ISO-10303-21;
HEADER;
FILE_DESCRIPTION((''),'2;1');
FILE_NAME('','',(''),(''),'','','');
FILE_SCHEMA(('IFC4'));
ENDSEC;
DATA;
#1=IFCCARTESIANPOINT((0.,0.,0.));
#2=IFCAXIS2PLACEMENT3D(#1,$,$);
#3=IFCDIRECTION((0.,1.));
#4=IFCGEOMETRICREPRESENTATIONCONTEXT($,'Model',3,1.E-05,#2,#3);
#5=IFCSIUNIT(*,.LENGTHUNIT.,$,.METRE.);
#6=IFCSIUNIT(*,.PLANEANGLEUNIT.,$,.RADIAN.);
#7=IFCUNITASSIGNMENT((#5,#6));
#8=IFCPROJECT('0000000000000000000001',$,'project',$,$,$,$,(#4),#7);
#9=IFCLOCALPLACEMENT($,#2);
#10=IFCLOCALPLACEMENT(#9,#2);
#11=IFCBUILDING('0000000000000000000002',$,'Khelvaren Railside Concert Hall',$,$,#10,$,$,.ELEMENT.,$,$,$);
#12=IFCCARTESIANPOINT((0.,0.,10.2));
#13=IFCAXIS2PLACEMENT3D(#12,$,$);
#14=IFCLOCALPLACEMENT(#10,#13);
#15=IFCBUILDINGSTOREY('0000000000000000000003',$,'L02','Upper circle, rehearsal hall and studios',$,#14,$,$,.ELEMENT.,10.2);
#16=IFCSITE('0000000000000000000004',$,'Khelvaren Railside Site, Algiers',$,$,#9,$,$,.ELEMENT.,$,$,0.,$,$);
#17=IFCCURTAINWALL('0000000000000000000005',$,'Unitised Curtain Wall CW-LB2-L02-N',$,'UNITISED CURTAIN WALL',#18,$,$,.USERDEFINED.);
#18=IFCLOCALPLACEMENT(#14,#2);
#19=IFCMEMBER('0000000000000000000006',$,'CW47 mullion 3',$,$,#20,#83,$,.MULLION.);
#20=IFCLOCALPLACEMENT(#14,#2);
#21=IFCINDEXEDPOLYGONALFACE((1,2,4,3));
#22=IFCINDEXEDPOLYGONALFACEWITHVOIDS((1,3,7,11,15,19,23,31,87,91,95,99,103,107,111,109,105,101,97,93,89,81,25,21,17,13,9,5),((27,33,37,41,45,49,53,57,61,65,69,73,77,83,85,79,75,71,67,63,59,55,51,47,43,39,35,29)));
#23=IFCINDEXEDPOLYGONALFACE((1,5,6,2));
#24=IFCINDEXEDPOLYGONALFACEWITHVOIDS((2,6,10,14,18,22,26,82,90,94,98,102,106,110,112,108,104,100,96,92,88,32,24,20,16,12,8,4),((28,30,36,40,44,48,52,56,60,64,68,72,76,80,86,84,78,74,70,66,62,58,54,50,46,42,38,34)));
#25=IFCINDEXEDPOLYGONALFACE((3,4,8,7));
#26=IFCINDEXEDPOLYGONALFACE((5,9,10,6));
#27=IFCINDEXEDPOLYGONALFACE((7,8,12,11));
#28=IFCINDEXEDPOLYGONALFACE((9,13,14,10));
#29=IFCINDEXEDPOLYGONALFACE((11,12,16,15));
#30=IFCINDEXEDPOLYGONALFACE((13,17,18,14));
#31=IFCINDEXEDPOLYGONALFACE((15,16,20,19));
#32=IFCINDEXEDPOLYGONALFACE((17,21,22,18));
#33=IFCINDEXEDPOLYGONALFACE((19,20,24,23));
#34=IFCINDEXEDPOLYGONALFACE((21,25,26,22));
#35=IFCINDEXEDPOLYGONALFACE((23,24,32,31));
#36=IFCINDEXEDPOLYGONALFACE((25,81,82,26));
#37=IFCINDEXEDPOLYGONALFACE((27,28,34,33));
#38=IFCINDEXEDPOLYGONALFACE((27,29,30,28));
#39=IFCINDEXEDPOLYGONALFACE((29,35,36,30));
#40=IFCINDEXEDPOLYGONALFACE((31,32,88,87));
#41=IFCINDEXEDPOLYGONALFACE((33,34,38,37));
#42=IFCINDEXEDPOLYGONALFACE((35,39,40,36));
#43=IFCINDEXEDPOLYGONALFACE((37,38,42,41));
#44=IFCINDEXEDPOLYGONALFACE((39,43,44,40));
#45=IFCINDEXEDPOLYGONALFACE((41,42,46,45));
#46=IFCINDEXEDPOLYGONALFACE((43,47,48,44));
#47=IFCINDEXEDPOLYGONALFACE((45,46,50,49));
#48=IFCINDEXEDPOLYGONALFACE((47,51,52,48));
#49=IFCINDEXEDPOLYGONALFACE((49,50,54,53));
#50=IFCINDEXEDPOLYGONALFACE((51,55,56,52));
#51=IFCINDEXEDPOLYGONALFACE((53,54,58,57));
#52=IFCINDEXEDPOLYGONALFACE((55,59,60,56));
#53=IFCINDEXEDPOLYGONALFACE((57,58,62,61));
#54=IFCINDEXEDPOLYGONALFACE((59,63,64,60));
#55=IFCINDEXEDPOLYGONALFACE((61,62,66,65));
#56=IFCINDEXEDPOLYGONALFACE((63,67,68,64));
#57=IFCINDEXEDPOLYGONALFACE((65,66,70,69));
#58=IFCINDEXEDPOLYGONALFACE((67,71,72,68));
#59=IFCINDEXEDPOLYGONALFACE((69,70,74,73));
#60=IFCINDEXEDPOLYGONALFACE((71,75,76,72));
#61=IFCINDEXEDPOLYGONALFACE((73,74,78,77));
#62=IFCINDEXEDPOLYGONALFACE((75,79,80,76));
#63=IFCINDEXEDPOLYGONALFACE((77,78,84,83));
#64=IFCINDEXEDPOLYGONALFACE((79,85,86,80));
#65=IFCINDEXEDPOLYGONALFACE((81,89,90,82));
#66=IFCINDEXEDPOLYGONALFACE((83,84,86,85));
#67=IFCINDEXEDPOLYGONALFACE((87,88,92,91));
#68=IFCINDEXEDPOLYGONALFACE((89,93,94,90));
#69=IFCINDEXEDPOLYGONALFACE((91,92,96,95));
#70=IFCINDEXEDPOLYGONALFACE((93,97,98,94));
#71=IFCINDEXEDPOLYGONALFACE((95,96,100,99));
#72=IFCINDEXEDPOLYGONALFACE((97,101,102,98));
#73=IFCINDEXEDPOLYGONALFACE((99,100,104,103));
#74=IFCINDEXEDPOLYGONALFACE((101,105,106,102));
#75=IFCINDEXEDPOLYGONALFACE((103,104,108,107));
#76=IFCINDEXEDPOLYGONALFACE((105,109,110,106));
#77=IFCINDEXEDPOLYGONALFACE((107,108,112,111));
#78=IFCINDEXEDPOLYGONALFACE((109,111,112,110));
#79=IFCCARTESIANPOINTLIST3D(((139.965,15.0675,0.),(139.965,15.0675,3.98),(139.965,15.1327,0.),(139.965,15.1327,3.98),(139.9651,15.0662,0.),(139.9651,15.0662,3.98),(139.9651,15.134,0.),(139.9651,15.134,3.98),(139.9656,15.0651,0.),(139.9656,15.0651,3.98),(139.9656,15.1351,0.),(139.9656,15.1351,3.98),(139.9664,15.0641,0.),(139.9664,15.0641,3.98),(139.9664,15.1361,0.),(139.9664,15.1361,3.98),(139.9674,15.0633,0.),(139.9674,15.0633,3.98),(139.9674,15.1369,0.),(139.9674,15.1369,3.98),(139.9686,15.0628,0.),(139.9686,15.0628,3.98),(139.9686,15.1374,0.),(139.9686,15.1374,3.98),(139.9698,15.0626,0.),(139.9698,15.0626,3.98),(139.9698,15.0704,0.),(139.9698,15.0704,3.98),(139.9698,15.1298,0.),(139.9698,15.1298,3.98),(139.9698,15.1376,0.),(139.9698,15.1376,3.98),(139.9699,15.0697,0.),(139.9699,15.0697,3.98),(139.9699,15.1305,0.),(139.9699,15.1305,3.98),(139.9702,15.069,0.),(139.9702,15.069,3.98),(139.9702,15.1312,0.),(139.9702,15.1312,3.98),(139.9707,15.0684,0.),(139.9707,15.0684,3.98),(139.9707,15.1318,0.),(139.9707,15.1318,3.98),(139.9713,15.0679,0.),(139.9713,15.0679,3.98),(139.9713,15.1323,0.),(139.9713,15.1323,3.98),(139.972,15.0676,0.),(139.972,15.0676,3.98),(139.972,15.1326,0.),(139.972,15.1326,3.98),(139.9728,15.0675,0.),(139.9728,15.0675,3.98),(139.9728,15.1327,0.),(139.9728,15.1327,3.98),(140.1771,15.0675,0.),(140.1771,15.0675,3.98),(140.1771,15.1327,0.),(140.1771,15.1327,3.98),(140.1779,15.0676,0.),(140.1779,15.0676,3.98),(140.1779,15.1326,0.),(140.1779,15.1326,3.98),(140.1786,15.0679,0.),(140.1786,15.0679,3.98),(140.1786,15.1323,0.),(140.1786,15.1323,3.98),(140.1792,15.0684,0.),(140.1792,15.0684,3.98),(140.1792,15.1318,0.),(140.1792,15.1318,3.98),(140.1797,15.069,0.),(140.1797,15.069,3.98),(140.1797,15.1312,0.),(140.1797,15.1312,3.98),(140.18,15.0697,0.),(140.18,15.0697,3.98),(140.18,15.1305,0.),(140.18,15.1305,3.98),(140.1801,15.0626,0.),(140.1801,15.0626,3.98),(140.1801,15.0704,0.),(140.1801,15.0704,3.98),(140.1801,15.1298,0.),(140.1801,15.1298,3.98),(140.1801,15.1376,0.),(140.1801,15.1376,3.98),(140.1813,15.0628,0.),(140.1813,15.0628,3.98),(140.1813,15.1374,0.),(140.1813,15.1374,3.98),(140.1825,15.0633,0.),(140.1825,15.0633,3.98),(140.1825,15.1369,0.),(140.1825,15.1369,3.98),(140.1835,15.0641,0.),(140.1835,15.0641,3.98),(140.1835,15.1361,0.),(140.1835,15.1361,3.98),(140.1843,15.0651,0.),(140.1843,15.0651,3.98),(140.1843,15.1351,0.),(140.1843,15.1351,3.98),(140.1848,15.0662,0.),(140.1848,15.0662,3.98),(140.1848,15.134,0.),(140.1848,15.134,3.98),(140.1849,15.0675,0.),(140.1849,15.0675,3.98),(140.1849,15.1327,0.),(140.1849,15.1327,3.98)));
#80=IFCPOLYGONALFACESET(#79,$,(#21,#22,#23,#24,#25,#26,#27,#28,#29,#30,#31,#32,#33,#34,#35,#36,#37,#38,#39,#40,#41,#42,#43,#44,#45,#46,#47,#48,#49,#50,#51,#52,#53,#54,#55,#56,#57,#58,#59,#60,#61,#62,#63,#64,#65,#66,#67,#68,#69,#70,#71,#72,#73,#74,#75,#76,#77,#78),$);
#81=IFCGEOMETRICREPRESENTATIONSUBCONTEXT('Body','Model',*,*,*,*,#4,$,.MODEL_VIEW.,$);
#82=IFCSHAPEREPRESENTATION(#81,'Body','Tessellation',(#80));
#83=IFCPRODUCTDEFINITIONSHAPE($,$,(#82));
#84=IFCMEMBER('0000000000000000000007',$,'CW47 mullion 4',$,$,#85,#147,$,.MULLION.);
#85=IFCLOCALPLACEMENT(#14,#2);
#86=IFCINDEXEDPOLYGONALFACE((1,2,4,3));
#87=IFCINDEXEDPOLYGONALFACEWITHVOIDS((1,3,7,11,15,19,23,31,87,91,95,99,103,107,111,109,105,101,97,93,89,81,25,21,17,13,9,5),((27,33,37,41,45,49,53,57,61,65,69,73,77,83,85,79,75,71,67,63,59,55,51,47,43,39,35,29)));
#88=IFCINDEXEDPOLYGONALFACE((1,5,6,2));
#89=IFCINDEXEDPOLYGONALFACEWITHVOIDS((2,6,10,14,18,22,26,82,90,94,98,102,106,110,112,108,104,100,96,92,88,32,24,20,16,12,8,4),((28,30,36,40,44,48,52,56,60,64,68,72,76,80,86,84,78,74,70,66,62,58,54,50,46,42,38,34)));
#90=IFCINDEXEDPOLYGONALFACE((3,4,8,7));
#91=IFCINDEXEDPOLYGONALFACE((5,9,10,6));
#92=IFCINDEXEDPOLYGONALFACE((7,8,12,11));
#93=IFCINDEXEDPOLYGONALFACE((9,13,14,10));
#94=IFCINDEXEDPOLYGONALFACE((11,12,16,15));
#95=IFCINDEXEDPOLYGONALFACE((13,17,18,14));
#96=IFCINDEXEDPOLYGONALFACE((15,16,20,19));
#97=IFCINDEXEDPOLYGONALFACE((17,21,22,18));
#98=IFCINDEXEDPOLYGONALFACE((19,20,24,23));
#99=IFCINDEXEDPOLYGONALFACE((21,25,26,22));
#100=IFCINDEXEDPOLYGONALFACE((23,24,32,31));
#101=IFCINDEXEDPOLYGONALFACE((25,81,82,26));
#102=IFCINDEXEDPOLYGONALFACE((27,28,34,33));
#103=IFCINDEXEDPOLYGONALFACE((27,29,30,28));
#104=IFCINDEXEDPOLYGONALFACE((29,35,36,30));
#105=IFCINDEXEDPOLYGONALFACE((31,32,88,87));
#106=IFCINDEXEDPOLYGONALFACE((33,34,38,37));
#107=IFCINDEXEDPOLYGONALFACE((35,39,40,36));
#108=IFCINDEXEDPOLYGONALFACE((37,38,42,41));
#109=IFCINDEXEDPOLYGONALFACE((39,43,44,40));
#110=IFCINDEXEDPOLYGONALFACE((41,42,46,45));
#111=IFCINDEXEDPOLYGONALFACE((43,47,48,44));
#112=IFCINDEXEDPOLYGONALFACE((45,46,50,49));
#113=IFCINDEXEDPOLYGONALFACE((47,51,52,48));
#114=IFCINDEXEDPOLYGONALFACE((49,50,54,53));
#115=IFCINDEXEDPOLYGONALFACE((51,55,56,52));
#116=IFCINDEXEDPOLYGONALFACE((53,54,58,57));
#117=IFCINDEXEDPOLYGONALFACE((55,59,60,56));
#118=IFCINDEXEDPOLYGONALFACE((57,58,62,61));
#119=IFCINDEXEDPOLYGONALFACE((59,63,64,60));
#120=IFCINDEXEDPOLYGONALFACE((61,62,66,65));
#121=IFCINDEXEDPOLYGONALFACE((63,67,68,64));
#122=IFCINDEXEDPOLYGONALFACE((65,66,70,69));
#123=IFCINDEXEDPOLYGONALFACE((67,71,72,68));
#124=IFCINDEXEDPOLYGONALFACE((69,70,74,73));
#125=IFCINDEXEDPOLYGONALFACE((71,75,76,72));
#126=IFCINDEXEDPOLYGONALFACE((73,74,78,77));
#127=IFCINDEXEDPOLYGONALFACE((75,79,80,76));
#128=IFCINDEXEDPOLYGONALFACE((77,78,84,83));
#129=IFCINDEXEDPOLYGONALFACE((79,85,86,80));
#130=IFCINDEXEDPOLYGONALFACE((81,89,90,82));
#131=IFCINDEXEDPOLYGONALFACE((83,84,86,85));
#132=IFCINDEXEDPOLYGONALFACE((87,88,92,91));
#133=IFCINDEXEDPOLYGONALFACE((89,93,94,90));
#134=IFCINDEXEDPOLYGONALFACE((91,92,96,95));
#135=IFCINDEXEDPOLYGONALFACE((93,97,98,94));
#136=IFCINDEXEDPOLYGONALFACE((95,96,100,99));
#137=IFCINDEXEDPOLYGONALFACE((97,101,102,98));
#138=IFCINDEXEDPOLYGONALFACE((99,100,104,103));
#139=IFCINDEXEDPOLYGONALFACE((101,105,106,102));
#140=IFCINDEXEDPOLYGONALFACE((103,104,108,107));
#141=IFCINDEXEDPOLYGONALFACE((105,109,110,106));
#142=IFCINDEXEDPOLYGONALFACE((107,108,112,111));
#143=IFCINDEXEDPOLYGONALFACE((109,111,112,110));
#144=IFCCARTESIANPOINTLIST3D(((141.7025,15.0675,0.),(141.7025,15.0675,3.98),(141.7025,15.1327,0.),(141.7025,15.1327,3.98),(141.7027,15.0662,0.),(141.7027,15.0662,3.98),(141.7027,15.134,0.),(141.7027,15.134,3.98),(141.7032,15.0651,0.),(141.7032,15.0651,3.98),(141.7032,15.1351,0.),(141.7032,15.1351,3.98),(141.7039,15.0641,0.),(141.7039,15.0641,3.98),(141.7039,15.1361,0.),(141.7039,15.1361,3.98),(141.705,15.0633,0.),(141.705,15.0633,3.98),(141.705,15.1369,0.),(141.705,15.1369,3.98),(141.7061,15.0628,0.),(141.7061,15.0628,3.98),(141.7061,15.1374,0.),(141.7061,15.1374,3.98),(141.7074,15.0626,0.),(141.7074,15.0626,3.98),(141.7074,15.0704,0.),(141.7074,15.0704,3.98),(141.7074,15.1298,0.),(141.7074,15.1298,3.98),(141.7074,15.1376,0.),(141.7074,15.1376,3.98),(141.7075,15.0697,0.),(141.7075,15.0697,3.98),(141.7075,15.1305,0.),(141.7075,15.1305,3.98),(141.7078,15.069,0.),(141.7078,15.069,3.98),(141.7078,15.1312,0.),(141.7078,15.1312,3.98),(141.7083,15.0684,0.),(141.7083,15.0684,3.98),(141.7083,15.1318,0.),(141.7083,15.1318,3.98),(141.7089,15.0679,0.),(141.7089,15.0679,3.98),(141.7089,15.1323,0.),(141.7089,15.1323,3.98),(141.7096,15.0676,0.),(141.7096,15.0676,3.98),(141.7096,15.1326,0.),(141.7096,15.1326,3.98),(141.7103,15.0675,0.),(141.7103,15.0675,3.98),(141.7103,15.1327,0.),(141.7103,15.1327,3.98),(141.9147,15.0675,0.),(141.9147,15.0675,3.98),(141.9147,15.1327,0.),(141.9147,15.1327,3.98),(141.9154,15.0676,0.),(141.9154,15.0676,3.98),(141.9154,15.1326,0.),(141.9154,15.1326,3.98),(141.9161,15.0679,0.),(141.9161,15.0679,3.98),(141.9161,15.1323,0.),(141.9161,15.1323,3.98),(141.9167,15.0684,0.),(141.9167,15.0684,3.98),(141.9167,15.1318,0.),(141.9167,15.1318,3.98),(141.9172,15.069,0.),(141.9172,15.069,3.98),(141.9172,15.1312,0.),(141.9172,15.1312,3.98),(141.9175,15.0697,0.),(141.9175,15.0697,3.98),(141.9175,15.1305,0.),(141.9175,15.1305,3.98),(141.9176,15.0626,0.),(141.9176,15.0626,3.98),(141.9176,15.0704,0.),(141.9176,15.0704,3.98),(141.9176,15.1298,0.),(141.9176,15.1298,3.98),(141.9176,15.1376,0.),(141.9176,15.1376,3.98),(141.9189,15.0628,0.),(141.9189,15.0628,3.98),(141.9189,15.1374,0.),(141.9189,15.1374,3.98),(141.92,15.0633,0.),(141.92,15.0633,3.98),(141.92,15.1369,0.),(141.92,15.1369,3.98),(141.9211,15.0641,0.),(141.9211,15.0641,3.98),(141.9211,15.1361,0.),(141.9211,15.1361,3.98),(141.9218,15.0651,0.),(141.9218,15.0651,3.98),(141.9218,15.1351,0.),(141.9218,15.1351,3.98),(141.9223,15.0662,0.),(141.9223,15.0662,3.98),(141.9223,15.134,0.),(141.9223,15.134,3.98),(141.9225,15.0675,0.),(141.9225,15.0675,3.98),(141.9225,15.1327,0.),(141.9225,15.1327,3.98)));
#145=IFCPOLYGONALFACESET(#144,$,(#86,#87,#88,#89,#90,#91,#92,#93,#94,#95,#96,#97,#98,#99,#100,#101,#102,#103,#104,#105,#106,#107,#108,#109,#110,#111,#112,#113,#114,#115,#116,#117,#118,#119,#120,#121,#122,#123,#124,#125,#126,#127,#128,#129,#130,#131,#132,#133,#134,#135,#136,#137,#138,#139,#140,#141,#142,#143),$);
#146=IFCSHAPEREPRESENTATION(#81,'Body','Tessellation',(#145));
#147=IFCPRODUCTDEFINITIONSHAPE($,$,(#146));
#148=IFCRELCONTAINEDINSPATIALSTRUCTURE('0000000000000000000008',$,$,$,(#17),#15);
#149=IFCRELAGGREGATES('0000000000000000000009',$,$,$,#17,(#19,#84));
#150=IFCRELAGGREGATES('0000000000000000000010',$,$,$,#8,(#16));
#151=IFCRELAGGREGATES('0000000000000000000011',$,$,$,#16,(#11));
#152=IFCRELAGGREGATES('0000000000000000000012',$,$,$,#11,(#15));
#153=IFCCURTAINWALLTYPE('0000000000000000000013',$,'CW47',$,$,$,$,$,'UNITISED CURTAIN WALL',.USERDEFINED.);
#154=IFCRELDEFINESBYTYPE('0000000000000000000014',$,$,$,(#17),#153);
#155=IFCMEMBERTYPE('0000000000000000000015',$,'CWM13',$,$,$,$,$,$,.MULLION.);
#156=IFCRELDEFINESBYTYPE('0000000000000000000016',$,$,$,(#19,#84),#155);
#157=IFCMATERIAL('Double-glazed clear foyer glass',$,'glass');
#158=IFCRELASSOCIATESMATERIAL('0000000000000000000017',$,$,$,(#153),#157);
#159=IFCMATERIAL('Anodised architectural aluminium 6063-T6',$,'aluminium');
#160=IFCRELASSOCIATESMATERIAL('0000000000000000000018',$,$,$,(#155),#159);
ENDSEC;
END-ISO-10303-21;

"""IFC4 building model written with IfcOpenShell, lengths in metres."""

from ifc_helpers import new_model, si_unit, direction, frame, origin, origin_2d, place, context, subcontext, project, spatial, hollow_rectangle, extrude, material, material_profile, profile_set, type_object, element, aggregate, save


model = new_model("IFC4")

# Units and contexts
model_context = context("Model", 3, precision=1e-05, world=origin(), true_north=direction((0.0, 1.0)))
body_context = subcontext(model_context, "Body", "Model", "MODEL_VIEW")
ifc_project = project(units=[si_unit("LENGTHUNIT", "METRE"), si_unit("PLANEANGLEUNIT", "RADIAN")], contexts=[model_context])

# Site, building, storey
site_placement = place(None, origin())
site = spatial("IfcSite", under=ifc_project, at=site_placement, Name="Khelvaren Railside Site, Algiers", CompositionType="ELEMENT", RefElevation=0.0)
building_placement = place(site_placement, origin())
building = spatial("IfcBuilding", under=site, at=building_placement, Name="Khelvaren Railside Concert Hall", CompositionType="ELEMENT")
storey_placement = place(building_placement, frame((0.0, 0.0, 10.2)))
storey = spatial("IfcBuildingStorey", under=building, at=storey_placement, Name="L02", Description="Upper circle, rehearsal hall and studios", CompositionType="ELEMENT", Elevation=10.2)

# Curtain wall, members
ifc_material_1 = material(Name="Double-glazed clear foyer glass", Category="glass")
curtain_wall_type = type_object("IfcCurtainWallType", Name="CW47", ElementType="UNITISED CURTAIN WALL", PredefinedType="USERDEFINED", material=ifc_material_1)
ifc_material_2 = material(Name="Anodised architectural aluminium 6063-T6", Category="aluminium")
ifc_material_profile_1 = material_profile(ifc_material_2, hollow_rectangle(XDim=0.075, YDim=0.22, WallThickness=0.0049, InnerFilletRadius=0.0029, OuterFilletRadius=0.0049, at=origin_2d()), Name="CWM 75x220x5")
ifc_profile_set_1 = profile_set([ifc_material_profile_1], Name="Anodised architectural aluminium 6063-T6")
member_type_1 = type_object("IfcMemberType", Name="CWM13", PredefinedType="MULLION", material=ifc_profile_set_1)
curtain_wall_1_placement = place(storey_placement, origin())
curtain_wall_1 = element("IfcCurtainWall", 1, at=curtain_wall_1_placement, inside=storey, type_object=curtain_wall_type, Name="Unitised Curtain Wall CW-LB2-L02-N", ObjectType="UNITISED CURTAIN WALL", PredefinedType="USERDEFINED")
member_1_placement = place(storey_placement, frame((140.075, 15.1001, 0.0), z_axis=(0.0, 0.0, 1.0), x_axis=(0.0, 1.0, 0.0)))
member_1 = element("IfcMember", 2, at=member_1_placement, type_object=member_type_1, Name="CW47 mullion 3", PredefinedType="MULLION", context=body_context, shape_type="SweptSolid", body=[
    extrude(hollow_rectangle(XDim=0.075, YDim=0.22, WallThickness=0.0049, InnerFilletRadius=0.0029, OuterFilletRadius=0.0049, at=origin_2d()), origin(), (0.0, 0.0, 1.0), 3.98),
])
member_2_placement = place(storey_placement, frame((141.8125, 15.1001, 0.0), z_axis=(0.0, 0.0, 1.0), x_axis=(0.0, 1.0, 0.0)))
member_2 = element("IfcMember", 3, at=member_2_placement, type_object=member_type_1, Name="CW47 mullion 4", PredefinedType="MULLION", context=body_context, shape_type="SweptSolid", body=[
    extrude(hollow_rectangle(XDim=0.075, YDim=0.22, WallThickness=0.0049, InnerFilletRadius=0.0029, OuterFilletRadius=0.0049, at=origin_2d()), origin(), (0.0, 0.0, 1.0), 3.98),
])

aggregate(curtain_wall_1, [member_1, member_2])

save(model, "model.ifc")
